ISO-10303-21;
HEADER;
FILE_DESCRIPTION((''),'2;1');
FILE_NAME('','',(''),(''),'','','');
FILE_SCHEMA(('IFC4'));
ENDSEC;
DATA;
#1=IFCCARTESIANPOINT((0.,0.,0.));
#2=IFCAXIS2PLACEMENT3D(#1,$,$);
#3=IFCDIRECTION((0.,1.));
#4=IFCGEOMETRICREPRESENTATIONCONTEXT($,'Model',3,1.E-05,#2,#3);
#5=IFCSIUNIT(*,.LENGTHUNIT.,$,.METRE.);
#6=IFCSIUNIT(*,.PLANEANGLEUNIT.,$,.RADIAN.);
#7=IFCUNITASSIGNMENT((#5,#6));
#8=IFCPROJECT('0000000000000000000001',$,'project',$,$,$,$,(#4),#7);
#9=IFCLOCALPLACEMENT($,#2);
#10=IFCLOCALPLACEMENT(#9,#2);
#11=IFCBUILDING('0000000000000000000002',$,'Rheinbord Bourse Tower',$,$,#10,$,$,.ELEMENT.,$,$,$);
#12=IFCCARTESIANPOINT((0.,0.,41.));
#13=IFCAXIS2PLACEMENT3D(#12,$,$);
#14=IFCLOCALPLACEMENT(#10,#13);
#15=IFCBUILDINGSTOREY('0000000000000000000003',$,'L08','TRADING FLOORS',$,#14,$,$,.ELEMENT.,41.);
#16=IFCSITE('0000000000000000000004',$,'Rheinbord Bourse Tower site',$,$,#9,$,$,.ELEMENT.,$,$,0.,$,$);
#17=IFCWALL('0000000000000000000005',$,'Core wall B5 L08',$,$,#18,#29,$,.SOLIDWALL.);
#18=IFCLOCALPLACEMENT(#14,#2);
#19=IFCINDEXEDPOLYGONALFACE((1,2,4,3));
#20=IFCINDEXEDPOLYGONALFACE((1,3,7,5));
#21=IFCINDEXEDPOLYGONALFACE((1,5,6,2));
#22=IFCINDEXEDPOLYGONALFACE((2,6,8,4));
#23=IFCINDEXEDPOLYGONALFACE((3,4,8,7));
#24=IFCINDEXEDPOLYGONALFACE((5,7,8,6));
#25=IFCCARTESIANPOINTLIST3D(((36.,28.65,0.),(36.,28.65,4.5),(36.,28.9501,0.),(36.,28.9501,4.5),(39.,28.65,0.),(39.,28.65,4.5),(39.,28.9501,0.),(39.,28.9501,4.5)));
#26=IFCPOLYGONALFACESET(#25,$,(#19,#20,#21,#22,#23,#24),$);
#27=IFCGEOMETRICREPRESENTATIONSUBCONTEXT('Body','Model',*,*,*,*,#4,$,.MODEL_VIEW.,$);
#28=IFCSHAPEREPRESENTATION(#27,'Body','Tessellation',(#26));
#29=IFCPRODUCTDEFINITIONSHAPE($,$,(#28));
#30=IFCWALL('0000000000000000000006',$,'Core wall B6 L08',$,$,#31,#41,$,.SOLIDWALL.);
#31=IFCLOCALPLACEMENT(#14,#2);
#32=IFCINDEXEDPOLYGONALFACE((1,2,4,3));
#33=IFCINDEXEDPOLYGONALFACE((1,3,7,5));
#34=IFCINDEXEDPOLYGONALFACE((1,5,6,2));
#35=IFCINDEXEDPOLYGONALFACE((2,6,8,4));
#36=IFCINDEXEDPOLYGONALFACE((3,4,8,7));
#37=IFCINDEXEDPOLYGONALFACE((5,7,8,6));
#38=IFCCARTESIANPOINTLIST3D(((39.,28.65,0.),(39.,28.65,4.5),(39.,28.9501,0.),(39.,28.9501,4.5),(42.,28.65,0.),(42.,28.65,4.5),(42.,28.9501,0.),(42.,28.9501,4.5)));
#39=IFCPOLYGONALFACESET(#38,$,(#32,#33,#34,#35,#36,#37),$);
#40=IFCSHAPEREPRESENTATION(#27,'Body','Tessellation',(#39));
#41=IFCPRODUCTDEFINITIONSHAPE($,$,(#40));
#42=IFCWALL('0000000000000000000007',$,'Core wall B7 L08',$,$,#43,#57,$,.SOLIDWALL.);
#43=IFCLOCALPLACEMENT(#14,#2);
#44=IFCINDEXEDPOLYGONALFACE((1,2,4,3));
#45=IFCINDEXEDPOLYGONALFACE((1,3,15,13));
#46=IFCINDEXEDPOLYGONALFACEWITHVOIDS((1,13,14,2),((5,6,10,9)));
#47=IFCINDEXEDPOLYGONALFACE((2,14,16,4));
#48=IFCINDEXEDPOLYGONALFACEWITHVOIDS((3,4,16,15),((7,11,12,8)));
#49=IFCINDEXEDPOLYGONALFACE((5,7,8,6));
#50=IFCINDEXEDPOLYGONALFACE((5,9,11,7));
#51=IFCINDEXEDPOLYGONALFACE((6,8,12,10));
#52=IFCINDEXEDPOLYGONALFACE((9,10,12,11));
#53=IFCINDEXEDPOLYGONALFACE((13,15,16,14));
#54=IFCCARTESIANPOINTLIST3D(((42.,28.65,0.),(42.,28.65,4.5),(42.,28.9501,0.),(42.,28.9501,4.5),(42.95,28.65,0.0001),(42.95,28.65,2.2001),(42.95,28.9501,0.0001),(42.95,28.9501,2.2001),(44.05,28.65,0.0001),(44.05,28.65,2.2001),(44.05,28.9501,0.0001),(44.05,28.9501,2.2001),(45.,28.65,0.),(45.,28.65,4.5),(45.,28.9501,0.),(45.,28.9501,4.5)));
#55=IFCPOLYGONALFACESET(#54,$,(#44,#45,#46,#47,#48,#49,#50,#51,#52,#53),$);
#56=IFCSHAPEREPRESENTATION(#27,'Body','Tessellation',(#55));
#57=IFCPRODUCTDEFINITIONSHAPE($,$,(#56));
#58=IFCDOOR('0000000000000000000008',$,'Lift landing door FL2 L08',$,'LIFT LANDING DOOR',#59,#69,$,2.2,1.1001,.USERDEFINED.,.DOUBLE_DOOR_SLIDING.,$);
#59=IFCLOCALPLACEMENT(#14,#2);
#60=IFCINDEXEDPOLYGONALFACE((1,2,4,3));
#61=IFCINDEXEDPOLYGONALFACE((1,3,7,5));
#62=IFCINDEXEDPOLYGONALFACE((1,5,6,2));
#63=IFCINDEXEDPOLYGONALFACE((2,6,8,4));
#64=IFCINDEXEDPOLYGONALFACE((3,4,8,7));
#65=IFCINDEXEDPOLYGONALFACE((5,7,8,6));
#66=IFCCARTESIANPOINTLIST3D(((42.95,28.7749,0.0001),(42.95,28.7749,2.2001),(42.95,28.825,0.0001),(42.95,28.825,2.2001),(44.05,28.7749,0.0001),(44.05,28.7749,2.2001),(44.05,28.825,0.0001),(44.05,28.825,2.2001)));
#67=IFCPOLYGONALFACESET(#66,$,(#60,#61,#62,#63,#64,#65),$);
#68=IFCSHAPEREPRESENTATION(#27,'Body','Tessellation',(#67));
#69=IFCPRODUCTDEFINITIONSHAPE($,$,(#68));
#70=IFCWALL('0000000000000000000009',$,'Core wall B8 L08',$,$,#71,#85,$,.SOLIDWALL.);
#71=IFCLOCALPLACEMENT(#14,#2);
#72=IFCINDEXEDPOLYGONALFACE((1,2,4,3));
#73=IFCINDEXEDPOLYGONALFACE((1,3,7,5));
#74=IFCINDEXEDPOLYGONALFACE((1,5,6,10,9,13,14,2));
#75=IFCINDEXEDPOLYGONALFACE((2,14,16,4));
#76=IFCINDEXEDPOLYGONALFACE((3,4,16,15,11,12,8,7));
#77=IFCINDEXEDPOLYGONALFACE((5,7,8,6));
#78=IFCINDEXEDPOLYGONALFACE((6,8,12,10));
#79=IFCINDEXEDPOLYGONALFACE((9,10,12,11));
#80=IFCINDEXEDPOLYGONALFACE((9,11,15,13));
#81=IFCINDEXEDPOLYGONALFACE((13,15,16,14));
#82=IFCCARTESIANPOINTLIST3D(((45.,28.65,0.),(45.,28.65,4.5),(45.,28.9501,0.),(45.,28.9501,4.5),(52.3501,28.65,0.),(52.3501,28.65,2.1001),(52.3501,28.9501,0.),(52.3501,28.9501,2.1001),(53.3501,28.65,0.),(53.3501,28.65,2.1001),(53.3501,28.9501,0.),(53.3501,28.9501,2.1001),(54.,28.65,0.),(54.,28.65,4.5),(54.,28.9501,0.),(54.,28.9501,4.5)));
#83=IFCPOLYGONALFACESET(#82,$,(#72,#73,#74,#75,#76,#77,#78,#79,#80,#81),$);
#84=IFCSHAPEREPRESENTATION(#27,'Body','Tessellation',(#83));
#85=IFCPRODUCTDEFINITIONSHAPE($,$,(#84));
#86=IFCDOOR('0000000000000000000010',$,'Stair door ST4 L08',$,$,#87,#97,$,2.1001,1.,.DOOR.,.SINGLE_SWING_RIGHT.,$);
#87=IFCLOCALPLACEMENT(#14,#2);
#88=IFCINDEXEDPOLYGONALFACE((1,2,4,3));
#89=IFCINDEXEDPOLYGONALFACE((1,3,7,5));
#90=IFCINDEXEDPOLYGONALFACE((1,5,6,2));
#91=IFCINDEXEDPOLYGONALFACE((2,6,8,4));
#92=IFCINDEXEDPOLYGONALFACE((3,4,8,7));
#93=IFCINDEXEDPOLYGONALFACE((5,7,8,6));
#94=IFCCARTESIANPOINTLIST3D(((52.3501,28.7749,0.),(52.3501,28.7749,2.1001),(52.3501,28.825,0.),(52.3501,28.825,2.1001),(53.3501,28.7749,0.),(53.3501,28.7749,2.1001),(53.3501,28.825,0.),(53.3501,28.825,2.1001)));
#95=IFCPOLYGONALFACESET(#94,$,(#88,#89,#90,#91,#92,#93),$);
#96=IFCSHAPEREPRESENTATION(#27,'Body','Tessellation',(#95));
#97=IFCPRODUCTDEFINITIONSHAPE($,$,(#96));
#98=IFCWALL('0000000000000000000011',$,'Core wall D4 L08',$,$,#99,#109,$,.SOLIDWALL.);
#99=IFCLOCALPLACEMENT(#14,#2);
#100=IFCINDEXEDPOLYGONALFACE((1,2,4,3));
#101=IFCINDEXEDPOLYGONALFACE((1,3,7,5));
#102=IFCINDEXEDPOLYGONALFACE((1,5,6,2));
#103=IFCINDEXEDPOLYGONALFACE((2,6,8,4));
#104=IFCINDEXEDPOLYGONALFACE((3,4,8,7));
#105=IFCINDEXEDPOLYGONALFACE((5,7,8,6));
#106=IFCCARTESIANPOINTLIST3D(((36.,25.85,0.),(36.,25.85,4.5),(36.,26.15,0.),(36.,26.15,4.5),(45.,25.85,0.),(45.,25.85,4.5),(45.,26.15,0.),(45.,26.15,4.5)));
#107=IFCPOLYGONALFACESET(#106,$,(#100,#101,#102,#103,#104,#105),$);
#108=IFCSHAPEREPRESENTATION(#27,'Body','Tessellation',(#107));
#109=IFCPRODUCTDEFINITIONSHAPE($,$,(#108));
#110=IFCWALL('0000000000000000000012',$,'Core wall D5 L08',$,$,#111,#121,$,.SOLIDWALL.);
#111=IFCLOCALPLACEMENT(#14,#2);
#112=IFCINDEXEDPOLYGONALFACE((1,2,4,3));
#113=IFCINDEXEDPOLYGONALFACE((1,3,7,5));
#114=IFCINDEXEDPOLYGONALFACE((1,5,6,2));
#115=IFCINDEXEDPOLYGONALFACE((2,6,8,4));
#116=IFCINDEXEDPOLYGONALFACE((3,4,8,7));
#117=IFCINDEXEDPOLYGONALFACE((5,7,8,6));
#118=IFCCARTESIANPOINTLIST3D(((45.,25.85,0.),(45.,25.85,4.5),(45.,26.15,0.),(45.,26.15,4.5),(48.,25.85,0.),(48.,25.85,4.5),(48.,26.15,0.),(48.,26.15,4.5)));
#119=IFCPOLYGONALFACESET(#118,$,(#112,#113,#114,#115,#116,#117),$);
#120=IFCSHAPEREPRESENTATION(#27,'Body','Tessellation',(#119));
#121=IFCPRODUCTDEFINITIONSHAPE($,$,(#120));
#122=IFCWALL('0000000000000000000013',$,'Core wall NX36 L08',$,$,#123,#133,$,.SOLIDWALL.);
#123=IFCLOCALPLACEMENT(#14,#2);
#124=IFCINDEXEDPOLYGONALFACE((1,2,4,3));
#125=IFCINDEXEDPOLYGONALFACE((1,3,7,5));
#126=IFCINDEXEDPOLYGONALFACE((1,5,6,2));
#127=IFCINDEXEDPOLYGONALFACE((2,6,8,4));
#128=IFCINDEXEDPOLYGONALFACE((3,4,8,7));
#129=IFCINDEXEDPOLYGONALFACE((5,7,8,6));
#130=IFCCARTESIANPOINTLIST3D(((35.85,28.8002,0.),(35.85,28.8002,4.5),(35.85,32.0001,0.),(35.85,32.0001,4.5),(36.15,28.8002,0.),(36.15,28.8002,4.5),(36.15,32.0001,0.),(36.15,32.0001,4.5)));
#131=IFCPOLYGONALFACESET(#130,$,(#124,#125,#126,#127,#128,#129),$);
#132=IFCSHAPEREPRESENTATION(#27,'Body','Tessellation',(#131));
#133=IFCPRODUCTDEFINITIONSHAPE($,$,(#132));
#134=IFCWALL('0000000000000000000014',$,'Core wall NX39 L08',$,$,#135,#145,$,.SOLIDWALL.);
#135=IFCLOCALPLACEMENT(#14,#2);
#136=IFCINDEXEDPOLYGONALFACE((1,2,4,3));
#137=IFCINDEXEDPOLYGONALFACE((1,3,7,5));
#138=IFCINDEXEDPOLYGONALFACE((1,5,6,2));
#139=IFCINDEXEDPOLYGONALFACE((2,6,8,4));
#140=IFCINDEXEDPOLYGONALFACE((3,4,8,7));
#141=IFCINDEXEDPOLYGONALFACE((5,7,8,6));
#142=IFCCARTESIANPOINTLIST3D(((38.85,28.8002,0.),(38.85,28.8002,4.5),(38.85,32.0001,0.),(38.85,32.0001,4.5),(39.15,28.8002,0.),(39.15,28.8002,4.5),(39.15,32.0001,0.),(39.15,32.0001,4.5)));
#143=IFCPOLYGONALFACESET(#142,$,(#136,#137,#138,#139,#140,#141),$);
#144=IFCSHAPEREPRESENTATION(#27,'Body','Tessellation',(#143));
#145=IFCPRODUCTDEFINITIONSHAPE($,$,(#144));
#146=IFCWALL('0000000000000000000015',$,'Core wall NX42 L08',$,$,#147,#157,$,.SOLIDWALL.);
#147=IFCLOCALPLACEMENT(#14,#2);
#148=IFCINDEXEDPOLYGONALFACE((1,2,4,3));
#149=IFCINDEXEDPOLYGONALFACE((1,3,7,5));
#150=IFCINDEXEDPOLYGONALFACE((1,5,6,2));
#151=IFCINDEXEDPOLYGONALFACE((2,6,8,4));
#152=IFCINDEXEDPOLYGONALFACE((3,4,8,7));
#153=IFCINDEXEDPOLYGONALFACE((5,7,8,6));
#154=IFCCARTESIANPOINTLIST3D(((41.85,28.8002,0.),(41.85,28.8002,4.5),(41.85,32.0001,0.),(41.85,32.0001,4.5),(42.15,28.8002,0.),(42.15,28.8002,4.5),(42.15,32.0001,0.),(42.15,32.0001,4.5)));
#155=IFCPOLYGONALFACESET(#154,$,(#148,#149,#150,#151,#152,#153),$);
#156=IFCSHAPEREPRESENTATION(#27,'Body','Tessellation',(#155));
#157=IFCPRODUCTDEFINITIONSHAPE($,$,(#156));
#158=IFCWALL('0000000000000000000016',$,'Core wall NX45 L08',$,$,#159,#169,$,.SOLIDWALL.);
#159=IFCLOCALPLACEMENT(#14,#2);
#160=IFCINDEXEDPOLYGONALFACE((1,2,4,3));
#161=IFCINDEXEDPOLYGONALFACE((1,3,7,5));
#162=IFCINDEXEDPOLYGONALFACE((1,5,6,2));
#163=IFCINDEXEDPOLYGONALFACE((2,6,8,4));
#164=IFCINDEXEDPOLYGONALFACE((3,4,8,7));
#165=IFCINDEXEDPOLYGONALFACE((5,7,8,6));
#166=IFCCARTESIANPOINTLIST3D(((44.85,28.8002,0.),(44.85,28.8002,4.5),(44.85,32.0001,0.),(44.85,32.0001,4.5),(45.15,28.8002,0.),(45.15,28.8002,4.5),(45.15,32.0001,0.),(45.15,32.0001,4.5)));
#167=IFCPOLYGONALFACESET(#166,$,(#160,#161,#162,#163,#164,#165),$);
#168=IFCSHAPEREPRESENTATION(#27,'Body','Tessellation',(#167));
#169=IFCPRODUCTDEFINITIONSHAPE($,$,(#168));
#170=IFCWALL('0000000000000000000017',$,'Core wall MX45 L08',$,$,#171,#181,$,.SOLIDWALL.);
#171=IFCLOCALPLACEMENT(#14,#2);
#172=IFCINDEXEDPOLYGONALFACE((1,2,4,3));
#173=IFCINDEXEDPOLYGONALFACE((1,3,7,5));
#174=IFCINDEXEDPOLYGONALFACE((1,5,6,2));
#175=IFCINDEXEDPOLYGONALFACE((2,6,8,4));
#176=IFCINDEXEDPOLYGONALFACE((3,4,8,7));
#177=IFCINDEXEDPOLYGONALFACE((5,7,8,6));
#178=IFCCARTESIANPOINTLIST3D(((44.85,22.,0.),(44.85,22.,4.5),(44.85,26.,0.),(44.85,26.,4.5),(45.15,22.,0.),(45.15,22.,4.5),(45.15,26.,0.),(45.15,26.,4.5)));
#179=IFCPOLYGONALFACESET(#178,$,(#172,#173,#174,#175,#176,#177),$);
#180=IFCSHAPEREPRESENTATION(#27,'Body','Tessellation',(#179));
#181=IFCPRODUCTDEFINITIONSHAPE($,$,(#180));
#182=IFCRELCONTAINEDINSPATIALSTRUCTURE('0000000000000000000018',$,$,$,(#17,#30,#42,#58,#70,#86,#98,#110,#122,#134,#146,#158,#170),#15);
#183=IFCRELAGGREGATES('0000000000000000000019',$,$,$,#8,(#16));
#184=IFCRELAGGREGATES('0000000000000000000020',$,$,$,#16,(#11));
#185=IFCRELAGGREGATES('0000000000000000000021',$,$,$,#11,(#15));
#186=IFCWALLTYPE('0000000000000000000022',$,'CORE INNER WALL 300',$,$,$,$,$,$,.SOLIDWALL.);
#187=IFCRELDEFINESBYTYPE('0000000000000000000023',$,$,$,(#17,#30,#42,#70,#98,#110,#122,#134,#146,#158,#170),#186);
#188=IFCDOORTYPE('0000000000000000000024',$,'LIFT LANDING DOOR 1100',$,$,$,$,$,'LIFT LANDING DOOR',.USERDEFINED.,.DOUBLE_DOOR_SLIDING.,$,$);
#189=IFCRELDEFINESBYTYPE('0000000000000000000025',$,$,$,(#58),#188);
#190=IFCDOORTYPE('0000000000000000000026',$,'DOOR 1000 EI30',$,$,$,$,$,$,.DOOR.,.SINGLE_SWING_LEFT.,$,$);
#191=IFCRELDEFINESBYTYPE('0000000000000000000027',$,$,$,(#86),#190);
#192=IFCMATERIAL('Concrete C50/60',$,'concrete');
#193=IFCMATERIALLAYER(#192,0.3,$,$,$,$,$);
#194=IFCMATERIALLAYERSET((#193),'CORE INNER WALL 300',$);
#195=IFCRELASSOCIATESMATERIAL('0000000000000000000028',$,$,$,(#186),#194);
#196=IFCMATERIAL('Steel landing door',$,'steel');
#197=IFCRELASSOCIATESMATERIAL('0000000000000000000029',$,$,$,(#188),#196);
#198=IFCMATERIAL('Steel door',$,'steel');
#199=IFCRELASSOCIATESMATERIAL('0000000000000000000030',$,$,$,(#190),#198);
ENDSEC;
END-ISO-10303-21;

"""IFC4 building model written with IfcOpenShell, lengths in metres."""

from ifc_helpers import new_model, si_unit, direction, frame, frame_2d, origin, place, context, subcontext, project, spatial, rectangle, extrude, material, layer, layer_set, type_object, element, fill, save


model = new_model("IFC4")

# Units and contexts
model_context = context("Model", 3, precision=1e-05, world=origin(), true_north=direction((0.0, 1.0)))
body_context = subcontext(model_context, "Body", "Model", "MODEL_VIEW")
ifc_project = project(units=[si_unit("LENGTHUNIT", "METRE"), si_unit("PLANEANGLEUNIT", "RADIAN")], contexts=[model_context])

# Site, building, storey
site_placement = place(None, origin())
site = spatial("IfcSite", under=ifc_project, at=site_placement, Name="Rheinbord Bourse Tower site", CompositionType="ELEMENT", RefElevation=0.0)
building_placement = place(site_placement, origin())
building = spatial("IfcBuilding", under=site, at=building_placement, Name="Rheinbord Bourse Tower", CompositionType="ELEMENT")
storey_placement = place(building_placement, frame((0.0, 0.0, 41.0)))
storey = spatial("IfcBuildingStorey", under=building, at=storey_placement, Name="L08", Description="TRADING FLOORS", CompositionType="ELEMENT", Elevation=41.0)

# Walls
ifc_material_1 = material(Name="Concrete C50/60", Category="concrete")
ifc_layer_1 = layer(ifc_material_1, 0.3)
ifc_layer_set_1 = layer_set([ifc_layer_1], Name="CORE INNER WALL 300")
wall_type_1 = type_object("IfcWallType", Name="CORE INNER WALL 300", PredefinedType="SOLIDWALL", material=ifc_layer_set_1)
for number, where, z_axis, x_axis, name in (
    (1, (36.0, 28.8, 0.0), (0.0, 0.0, 1.0), (1.0, 0.0, 0.0), "Core wall B5 L08"),
    (2, (39.0, 28.8, 0.0), (0.0, 0.0, 1.0), (1.0, 0.0, 0.0), "Core wall B6 L08"),
):
    element("IfcWall", number, at=place(storey_placement, frame(where, z_axis=z_axis, x_axis=x_axis)), inside=storey, type_object=wall_type_1, Name=name, PredefinedType="SOLIDWALL", context=body_context, shape_type="SweptSolid", body=[
        extrude(rectangle(XDim=3.0, YDim=0.3, at=frame_2d((1.5, 0.0))), origin(), (0.0, 0.0, 1.0), 4.5),
    ])

# Walls, openings, doors
wall_1_placement = place(storey_placement, frame((42.0, 28.8, 0.0), z_axis=(0.0, 0.0, 1.0), x_axis=(1.0, 0.0, 0.0)))
wall_1 = element("IfcWall", 3, at=wall_1_placement, inside=storey, type_object=wall_type_1, Name="Core wall B7 L08", PredefinedType="SOLIDWALL", context=body_context, shape_type="SweptSolid", body=[
    extrude(rectangle(XDim=3.0, YDim=0.3, at=frame_2d((1.5, 0.0))), origin(), (0.0, 0.0, 1.0), 4.5),
])
opening_1_placement = place(wall_1_placement, frame((0.95, 0.0, 0.0)))
opening_1 = element("IfcOpeningElement", 4, at=opening_1_placement, cuts=wall_1, PredefinedType="OPENING", context=body_context, shape_type="SweptSolid", body=[
    extrude(rectangle(XDim=1.1001, YDim=2.2, at=frame_2d((0.55, 1.1001))), frame((0.0, 0.1599, 0.0), z_axis=(0.0, -1.0, 0.0), x_axis=(1.0, 0.0, 0.0)), (0.0, 0.0, 1.0), 0.3201),
])
ifc_material_2 = material(Name="Steel landing door", Category="steel")
door_type_1 = type_object("IfcDoorType", Name="LIFT LANDING DOOR 1100", ElementType="LIFT LANDING DOOR", OperationType="DOUBLE_DOOR_SLIDING", PredefinedType="USERDEFINED", material=ifc_material_2)
door_1_placement = place(opening_1_placement, origin())
door_1 = element("IfcDoor", 5, at=door_1_placement, inside=storey, type_object=door_type_1, Name="Lift landing door FL2 L08", ObjectType="LIFT LANDING DOOR", OperationType="DOUBLE_DOOR_SLIDING", OverallHeight=2.2, OverallWidth=1.1001, PredefinedType="USERDEFINED", context=body_context, shape_type="SweptSolid", body=[
    extrude(rectangle(XDim=1.1001, YDim=2.2, at=frame_2d((0.55, 1.1001))), frame((0.0, 0.0249, 0.0), z_axis=(0.0, -1.0, 0.0), x_axis=(1.0, 0.0, 0.0)), (0.0, 0.0, 1.0), 0.05),
])
fill(opening_1, door_1)
wall_2_placement = place(storey_placement, frame((45.0, 28.8, 0.0), z_axis=(0.0, 0.0, 1.0), x_axis=(1.0, 0.0, 0.0)))
wall_2 = element("IfcWall", 6, at=wall_2_placement, inside=storey, type_object=wall_type_1, Name="Core wall B8 L08", PredefinedType="SOLIDWALL", context=body_context, shape_type="SweptSolid", body=[
    extrude(rectangle(XDim=9.0, YDim=0.3, at=frame_2d((4.5, 0.0))), origin(), (0.0, 0.0, 1.0), 4.5),
])
opening_2_placement = place(wall_2_placement, frame((7.3501, 0.0, 0.0)))
opening_2 = element("IfcOpeningElement", 7, at=opening_2_placement, cuts=wall_2, PredefinedType="OPENING", context=body_context, shape_type="SweptSolid", body=[
    extrude(rectangle(XDim=1.0, YDim=2.1001, at=frame_2d((0.5, 1.05))), frame((0.0, 0.1599, 0.0), z_axis=(0.0, -1.0, 0.0), x_axis=(1.0, 0.0, 0.0)), (0.0, 0.0, 1.0), 0.3201),
])
ifc_material_3 = material(Name="Steel door", Category="steel")
door_type_2 = type_object("IfcDoorType", Name="DOOR 1000 EI30", OperationType="SINGLE_SWING_LEFT", PredefinedType="DOOR", material=ifc_material_3)
door_2_placement = place(opening_2_placement, origin())
door_2 = element("IfcDoor", 8, at=door_2_placement, inside=storey, type_object=door_type_2, Name="Stair door ST4 L08", OperationType="SINGLE_SWING_RIGHT", OverallHeight=2.1001, OverallWidth=1.0, PredefinedType="DOOR", context=body_context, shape_type="SweptSolid", body=[
    extrude(rectangle(XDim=1.0, YDim=2.1001, at=frame_2d((0.5, 1.05))), frame((0.0, 0.0249, 0.0), z_axis=(0.0, -1.0, 0.0), x_axis=(1.0, 0.0, 0.0)), (0.0, 0.0, 1.0), 0.05),
])
fill(opening_2, door_2)

# Walls
wall_3_placement = place(storey_placement, frame((36.0, 26.0, 0.0), z_axis=(0.0, 0.0, 1.0), x_axis=(1.0, 0.0, 0.0)))
element("IfcWall", 9, at=wall_3_placement, inside=storey, type_object=wall_type_1, Name="Core wall D4 L08", PredefinedType="SOLIDWALL", context=body_context, shape_type="SweptSolid", body=[
    extrude(rectangle(XDim=9.0, YDim=0.3, at=frame_2d((4.5, 0.0))), origin(), (0.0, 0.0, 1.0), 4.5),
])
wall_4_placement = place(storey_placement, frame((45.0, 26.0, 0.0), z_axis=(0.0, 0.0, 1.0), x_axis=(1.0, 0.0, 0.0)))
element("IfcWall", 10, at=wall_4_placement, inside=storey, type_object=wall_type_1, Name="Core wall D5 L08", PredefinedType="SOLIDWALL", context=body_context, shape_type="SweptSolid", body=[
    extrude(rectangle(XDim=3.0, YDim=0.3, at=frame_2d((1.5, 0.0))), origin(), (0.0, 0.0, 1.0), 4.5),
])
for number, where, z_axis, x_axis, name in (
    (11, (36.0, 28.8, 0.0), (0.0, 0.0, 1.0), (0.0, 1.0, 0.0), "Core wall NX36 L08"),
    (12, (39.0, 28.8, 0.0), (0.0, 0.0, 1.0), (0.0, 1.0, 0.0), "Core wall NX39 L08"),
    (13, (42.0, 28.8, 0.0), (0.0, 0.0, 1.0), (0.0, 1.0, 0.0), "Core wall NX42 L08"),
    (14, (45.0, 28.8, 0.0), (0.0, 0.0, 1.0), (0.0, 1.0, 0.0), "Core wall NX45 L08"),
):
    element("IfcWall", number, at=place(storey_placement, frame(where, z_axis=z_axis, x_axis=x_axis)), inside=storey, type_object=wall_type_1, Name=name, PredefinedType="SOLIDWALL", context=body_context, shape_type="SweptSolid", body=[
        extrude(rectangle(XDim=3.2, YDim=0.3, at=frame_2d((1.6001, 0.0))), origin(), (0.0, 0.0, 1.0), 4.5),
    ])
wall_5_placement = place(storey_placement, frame((45.0, 22.0, 0.0), z_axis=(0.0, 0.0, 1.0), x_axis=(0.0, 1.0, 0.0)))
element("IfcWall", 15, at=wall_5_placement, inside=storey, type_object=wall_type_1, Name="Core wall MX45 L08", PredefinedType="SOLIDWALL", context=body_context, shape_type="SweptSolid", body=[
    extrude(rectangle(XDim=4.0, YDim=0.3, at=frame_2d((2.0, 0.0))), origin(), (0.0, 0.0, 1.0), 4.5),
])

save(model, "model.ifc")
